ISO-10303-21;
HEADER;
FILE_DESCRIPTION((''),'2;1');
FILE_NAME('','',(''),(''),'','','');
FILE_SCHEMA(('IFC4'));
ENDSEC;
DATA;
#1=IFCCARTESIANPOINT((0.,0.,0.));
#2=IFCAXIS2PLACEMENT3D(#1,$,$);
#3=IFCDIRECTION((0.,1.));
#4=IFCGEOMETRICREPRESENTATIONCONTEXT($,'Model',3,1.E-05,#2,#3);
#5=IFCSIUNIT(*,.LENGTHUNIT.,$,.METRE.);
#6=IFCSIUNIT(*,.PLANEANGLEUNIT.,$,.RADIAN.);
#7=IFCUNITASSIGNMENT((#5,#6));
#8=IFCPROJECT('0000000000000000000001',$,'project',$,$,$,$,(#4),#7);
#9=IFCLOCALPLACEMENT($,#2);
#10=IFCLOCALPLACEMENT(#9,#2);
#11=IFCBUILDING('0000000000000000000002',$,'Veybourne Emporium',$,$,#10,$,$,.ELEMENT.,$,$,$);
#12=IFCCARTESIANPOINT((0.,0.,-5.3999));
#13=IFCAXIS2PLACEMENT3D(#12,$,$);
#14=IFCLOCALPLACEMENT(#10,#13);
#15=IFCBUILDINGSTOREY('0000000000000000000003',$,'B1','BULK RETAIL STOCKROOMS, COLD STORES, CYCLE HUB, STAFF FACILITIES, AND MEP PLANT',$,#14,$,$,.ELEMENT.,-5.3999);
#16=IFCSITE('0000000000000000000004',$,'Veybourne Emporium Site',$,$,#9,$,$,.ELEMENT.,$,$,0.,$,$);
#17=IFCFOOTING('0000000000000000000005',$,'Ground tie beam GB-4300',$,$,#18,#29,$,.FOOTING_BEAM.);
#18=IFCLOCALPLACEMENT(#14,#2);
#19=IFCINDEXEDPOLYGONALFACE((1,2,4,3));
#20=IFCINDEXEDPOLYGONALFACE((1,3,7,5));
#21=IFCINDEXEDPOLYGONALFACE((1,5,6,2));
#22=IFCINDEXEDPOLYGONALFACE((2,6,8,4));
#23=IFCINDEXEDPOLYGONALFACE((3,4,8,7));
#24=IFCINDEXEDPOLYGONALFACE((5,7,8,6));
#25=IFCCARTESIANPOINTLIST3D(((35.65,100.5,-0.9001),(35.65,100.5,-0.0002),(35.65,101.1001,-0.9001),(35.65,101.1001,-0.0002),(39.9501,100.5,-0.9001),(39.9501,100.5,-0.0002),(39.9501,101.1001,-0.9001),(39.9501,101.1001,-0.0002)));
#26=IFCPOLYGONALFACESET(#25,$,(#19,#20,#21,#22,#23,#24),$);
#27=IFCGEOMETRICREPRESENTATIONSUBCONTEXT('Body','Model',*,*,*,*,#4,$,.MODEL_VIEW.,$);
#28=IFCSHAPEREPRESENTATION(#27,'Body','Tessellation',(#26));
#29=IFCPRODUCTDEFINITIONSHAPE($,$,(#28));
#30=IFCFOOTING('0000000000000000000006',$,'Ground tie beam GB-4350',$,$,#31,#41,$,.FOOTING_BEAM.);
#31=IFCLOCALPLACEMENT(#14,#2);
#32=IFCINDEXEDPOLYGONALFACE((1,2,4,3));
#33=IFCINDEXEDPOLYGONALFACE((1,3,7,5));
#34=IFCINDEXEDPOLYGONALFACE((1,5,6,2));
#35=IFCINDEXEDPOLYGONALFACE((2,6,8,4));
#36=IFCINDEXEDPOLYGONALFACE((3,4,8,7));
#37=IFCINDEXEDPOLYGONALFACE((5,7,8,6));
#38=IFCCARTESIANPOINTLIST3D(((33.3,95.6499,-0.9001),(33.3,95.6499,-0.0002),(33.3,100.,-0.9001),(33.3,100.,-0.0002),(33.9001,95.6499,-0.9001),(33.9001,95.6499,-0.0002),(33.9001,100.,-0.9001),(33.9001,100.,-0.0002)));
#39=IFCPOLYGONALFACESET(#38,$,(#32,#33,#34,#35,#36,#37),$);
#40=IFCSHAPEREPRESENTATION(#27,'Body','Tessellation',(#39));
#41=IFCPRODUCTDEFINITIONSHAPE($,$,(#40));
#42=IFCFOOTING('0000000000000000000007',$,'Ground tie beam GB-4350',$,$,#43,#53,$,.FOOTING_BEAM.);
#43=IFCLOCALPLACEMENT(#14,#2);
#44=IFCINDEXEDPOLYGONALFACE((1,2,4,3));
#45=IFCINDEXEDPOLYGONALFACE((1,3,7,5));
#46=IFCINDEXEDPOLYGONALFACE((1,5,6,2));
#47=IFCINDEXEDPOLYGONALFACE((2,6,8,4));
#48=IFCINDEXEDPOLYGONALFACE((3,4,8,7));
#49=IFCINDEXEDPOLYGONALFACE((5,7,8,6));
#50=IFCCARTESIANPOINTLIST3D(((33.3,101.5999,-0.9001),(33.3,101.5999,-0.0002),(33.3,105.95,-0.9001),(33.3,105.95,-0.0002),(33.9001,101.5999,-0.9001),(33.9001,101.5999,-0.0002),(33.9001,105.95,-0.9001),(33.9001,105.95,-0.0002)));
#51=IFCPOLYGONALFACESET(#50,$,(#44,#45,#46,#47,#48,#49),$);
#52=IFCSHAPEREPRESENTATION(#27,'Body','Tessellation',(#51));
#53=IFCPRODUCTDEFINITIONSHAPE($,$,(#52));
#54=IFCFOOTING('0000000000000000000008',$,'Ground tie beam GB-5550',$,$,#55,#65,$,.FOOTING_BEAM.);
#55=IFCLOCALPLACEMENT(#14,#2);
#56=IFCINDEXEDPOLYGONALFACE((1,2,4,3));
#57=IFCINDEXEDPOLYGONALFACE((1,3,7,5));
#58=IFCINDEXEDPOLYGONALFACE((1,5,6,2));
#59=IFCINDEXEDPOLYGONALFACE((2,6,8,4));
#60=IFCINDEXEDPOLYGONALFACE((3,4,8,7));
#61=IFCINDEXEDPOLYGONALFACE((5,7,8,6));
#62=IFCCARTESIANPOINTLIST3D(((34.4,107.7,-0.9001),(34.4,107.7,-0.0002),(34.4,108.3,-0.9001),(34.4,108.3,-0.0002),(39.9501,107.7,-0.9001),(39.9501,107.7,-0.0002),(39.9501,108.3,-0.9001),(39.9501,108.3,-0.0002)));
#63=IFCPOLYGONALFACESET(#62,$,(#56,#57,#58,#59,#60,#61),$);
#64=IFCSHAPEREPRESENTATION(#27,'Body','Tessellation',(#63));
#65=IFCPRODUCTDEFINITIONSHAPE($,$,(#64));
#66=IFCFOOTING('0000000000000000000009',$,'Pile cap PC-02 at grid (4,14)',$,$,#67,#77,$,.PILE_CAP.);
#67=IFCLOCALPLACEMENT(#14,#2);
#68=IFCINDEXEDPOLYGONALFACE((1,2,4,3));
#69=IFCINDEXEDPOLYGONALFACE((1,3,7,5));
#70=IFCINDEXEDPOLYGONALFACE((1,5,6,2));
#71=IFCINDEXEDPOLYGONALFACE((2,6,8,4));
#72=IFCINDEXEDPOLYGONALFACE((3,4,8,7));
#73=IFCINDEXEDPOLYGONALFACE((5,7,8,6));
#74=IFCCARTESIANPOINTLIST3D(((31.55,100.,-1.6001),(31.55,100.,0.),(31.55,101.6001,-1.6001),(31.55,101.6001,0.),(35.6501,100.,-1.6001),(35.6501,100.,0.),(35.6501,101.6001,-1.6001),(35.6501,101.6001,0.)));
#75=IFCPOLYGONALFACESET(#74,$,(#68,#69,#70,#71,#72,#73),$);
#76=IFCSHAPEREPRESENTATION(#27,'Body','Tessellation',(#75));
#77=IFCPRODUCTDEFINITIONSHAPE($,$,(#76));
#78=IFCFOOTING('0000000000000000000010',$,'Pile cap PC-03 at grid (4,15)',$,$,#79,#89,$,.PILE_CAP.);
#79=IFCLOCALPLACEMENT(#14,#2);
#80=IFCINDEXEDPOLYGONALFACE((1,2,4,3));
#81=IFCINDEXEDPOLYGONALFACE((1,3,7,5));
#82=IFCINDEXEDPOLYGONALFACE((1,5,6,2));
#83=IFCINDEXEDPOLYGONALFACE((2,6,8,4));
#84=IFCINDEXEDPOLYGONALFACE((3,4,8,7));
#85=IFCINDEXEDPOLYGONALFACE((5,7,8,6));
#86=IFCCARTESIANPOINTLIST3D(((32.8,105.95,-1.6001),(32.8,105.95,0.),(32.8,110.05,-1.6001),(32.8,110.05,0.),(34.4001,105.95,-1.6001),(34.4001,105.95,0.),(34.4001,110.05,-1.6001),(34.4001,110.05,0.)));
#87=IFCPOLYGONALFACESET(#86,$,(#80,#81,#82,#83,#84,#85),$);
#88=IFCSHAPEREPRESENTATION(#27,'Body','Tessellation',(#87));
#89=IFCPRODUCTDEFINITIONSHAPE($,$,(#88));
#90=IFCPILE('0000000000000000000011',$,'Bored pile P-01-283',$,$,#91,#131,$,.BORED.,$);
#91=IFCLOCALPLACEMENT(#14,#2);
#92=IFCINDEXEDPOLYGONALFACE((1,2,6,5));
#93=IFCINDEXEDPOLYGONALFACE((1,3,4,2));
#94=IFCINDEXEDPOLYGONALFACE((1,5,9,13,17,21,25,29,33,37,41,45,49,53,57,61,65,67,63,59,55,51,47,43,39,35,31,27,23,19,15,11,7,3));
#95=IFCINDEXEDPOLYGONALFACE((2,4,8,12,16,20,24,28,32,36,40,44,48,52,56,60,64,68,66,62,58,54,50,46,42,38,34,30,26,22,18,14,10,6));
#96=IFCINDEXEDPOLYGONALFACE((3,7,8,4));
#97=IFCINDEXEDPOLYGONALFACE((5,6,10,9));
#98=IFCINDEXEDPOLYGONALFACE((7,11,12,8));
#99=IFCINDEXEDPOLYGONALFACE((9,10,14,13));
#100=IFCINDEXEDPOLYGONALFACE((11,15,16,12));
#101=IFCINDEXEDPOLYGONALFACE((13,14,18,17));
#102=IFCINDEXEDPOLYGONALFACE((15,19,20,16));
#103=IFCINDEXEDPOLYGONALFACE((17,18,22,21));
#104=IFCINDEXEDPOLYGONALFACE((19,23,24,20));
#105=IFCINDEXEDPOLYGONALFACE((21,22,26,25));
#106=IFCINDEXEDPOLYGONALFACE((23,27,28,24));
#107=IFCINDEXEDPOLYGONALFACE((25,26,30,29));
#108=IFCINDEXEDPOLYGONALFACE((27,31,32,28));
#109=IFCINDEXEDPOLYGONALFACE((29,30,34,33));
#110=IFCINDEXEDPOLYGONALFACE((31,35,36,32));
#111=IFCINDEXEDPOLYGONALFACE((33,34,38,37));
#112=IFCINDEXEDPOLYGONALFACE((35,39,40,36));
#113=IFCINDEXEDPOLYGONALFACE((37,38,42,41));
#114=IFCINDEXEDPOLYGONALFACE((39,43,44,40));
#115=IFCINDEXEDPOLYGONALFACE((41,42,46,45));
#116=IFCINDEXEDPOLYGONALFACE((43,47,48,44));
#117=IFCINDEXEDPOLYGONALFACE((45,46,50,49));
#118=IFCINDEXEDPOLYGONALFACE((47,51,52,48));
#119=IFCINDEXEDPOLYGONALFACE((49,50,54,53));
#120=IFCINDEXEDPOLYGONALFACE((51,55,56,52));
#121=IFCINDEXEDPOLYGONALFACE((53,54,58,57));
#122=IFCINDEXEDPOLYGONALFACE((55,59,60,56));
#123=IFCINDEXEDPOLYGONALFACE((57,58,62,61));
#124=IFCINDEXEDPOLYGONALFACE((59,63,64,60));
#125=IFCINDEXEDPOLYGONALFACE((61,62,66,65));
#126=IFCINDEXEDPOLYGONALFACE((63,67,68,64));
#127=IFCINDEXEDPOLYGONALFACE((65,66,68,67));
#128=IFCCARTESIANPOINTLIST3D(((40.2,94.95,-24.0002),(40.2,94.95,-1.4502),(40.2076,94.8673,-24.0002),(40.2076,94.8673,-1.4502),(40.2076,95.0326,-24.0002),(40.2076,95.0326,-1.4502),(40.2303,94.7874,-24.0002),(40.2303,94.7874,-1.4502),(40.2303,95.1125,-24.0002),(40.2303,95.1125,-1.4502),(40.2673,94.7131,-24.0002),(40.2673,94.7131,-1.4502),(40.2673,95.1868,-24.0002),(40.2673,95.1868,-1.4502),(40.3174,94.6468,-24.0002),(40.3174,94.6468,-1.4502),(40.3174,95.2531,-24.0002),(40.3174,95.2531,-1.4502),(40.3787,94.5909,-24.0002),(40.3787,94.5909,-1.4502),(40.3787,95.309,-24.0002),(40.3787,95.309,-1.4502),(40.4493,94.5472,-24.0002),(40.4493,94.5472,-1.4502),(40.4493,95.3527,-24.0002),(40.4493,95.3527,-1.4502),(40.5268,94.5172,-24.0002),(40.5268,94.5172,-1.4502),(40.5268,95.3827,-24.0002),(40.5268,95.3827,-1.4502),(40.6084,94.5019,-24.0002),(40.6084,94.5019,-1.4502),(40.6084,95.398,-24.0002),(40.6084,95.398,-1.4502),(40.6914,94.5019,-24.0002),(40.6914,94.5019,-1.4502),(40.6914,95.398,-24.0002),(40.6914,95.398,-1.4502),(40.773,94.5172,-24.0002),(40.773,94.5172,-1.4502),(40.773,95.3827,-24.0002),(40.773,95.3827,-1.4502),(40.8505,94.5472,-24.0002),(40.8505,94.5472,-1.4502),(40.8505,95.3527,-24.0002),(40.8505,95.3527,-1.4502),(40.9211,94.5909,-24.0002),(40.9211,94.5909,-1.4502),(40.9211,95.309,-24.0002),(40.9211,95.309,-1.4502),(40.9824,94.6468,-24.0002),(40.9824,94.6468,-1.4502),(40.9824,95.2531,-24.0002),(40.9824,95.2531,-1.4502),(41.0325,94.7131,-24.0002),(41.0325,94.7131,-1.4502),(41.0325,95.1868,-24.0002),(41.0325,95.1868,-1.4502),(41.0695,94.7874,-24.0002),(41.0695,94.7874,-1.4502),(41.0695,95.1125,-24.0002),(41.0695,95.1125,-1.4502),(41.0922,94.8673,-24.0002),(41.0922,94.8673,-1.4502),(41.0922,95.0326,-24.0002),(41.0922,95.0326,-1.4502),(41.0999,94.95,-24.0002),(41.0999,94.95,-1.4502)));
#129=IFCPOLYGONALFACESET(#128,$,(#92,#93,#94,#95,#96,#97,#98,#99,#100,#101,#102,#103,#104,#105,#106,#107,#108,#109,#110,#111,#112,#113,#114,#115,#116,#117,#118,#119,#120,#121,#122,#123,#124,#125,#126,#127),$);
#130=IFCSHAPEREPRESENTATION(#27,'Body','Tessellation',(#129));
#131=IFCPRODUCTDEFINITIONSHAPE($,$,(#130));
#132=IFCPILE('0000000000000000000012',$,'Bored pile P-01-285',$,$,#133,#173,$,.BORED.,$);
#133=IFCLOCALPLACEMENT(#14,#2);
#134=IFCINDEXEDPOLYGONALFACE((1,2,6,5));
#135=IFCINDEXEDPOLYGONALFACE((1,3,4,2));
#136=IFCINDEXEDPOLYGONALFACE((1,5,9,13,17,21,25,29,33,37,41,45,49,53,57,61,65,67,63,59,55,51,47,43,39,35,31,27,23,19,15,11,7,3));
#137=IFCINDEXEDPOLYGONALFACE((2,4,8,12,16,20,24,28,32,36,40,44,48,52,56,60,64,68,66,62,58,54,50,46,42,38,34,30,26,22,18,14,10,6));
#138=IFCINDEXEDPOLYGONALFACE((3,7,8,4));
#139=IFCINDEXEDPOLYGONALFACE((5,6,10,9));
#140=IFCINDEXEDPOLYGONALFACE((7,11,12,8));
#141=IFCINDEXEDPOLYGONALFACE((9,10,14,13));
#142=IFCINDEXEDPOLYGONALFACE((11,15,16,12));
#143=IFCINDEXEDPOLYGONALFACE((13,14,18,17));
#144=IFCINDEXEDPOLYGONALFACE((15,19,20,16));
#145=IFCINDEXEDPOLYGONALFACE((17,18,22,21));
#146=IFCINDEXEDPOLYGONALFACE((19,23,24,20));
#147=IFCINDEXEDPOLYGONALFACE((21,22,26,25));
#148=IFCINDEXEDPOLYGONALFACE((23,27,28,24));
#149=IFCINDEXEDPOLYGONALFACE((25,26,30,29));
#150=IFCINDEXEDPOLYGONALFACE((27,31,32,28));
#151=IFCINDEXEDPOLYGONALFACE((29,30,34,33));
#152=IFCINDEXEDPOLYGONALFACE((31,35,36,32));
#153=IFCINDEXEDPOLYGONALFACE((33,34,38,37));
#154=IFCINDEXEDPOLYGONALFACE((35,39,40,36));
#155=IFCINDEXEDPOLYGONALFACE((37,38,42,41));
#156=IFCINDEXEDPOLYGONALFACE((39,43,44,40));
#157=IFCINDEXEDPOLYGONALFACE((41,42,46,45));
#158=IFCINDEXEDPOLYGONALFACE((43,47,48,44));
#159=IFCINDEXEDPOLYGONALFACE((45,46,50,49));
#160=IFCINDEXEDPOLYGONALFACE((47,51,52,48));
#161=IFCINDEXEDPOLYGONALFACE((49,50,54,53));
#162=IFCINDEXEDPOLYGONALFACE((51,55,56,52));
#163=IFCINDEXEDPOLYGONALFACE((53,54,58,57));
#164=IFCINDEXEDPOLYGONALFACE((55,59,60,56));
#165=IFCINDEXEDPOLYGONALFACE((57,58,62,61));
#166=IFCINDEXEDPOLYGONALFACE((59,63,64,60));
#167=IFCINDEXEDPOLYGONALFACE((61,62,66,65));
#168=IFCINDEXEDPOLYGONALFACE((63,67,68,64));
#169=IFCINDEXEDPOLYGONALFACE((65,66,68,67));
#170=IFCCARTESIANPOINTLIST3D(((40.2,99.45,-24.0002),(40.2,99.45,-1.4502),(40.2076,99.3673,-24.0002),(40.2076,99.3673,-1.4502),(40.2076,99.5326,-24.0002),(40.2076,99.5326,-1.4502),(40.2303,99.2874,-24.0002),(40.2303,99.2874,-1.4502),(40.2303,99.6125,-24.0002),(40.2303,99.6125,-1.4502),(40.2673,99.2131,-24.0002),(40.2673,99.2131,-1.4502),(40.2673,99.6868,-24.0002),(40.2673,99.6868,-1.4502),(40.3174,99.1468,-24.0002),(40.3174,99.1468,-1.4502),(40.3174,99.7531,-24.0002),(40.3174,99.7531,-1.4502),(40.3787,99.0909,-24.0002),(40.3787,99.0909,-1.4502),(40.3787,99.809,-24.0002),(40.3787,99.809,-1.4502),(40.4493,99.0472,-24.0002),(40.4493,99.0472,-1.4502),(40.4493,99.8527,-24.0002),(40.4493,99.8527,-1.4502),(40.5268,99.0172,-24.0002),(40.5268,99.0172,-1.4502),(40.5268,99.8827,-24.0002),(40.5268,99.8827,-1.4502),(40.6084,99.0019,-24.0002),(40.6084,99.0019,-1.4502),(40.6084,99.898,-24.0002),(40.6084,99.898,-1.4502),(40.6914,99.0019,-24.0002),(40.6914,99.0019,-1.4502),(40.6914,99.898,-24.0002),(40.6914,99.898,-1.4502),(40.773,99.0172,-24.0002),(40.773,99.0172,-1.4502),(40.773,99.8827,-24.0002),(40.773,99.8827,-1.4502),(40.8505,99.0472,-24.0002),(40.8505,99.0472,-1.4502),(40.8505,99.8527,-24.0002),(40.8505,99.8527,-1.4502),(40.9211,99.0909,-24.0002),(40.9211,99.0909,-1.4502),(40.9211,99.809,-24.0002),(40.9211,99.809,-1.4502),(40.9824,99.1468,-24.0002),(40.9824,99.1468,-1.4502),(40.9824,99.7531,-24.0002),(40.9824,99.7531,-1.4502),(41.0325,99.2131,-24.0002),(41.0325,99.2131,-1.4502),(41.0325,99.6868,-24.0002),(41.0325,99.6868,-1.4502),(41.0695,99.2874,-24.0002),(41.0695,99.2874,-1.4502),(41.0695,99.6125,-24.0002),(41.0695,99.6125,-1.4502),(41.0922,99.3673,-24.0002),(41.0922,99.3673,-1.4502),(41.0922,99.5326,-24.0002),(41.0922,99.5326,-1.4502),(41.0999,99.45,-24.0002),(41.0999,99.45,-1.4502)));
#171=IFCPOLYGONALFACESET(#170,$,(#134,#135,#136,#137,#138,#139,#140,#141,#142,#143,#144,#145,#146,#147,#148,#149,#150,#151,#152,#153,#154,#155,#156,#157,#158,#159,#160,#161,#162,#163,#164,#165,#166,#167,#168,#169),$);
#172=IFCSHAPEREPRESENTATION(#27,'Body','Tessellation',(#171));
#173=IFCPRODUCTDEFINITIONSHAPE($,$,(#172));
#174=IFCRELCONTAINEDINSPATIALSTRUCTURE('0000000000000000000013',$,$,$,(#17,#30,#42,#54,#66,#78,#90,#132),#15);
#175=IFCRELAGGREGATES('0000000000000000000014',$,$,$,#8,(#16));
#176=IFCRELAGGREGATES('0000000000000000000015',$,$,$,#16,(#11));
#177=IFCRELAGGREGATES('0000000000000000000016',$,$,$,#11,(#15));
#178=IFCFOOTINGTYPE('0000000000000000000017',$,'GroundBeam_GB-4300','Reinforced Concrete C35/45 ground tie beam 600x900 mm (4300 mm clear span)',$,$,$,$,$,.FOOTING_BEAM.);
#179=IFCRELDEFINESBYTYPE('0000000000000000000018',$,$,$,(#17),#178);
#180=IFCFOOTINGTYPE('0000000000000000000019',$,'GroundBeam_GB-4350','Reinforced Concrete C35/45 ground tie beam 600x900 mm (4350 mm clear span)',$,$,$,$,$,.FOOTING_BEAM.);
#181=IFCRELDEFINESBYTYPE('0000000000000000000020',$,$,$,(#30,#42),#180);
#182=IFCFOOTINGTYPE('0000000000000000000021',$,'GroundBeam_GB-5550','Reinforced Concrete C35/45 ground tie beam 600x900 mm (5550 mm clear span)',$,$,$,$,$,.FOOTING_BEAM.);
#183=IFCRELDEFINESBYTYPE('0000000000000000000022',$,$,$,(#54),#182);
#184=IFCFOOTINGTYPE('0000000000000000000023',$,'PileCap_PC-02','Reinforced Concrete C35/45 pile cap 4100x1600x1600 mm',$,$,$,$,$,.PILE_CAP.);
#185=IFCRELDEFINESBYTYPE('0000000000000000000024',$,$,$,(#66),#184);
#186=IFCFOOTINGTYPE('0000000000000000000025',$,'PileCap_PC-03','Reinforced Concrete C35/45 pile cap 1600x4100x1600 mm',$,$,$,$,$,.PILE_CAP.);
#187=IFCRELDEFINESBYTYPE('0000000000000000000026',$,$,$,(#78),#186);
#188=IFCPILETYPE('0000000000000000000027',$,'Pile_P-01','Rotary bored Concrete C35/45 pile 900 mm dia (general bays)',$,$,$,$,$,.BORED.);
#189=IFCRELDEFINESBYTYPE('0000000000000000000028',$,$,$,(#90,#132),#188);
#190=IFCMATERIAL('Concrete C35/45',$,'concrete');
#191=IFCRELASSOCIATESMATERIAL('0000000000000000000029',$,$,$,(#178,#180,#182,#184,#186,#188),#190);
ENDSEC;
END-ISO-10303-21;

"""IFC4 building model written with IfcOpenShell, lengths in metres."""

from ifc_helpers import new_model, si_unit, direction, frame, origin, origin_2d, place, context, subcontext, project, spatial, rectangle, circle, extrude, material, material_profile, profile_set, type_object, element, save


model = new_model("IFC4")

# Units and contexts
model_context = context("Model", 3, precision=1e-05, world=origin(), true_north=direction((0.0, 1.0)))
body_context = subcontext(model_context, "Body", "Model", "MODEL_VIEW")
ifc_project = project(units=[si_unit("LENGTHUNIT", "METRE"), si_unit("PLANEANGLEUNIT", "RADIAN")], contexts=[model_context])

# Site, building, storey
site_placement = place(None, origin())
site = spatial("IfcSite", under=ifc_project, at=site_placement, Name="Veybourne Emporium Site", CompositionType="ELEMENT", RefElevation=0.0)
building_placement = place(site_placement, origin())
building = spatial("IfcBuilding", under=site, at=building_placement, Name="Veybourne Emporium", CompositionType="ELEMENT")
storey_placement = place(building_placement, frame((0.0, 0.0, -5.3999)))
storey = spatial("IfcBuildingStorey", under=building, at=storey_placement, Name="B1", Description="BULK RETAIL STOCKROOMS, COLD STORES, CYCLE HUB, STAFF FACILITIES, AND MEP PLANT", CompositionType="ELEMENT", Elevation=-5.3999)

# Footings
ifc_material_1 = material(Name="Concrete C35/45", Category="concrete")
footing_type_1 = type_object("IfcFootingType", Name="GroundBeam_GB-4300", Description="Reinforced Concrete C35/45 ground tie beam 600x900 mm (4300 mm clear span)", PredefinedType="FOOTING_BEAM", material=ifc_material_1)
footing_1_placement = place(storey_placement, frame((37.8, 100.8, -0.9001), z_axis=(0.0, 0.0, 1.0), x_axis=(1.0, 0.0, 0.0)))
element("IfcFooting", 1, at=footing_1_placement, inside=storey, type_object=footing_type_1, Name="Ground tie beam GB-4300", PredefinedType="FOOTING_BEAM", context=body_context, shape_type="SweptSolid", body=[
    extrude(rectangle(XDim=4.3, YDim=0.6001, at=origin_2d()), origin(), (0.0, 0.0, 1.0), 0.8999),
])
footing_type_2 = type_object("IfcFootingType", Name="GroundBeam_GB-4350", Description="Reinforced Concrete C35/45 ground tie beam 600x900 mm (4350 mm clear span)", PredefinedType="FOOTING_BEAM", material=ifc_material_1)
for number, where, z_axis, x_axis, name in (
    (2, (33.6001, 97.825, -0.9001), (0.0, 0.0, 1.0), (0.0, 1.0, 0.0), "Ground tie beam GB-4350"),
    (3, (33.6001, 103.7749, -0.9001), (0.0, 0.0, 1.0), (0.0, 1.0, 0.0), "Ground tie beam GB-4350"),
):
    element("IfcFooting", number, at=place(storey_placement, frame(where, z_axis=z_axis, x_axis=x_axis)), inside=storey, type_object=footing_type_2, Name=name, PredefinedType="FOOTING_BEAM", context=body_context, shape_type="SweptSolid", body=[
        extrude(rectangle(XDim=4.3501, YDim=0.6001, at=origin_2d()), origin(), (0.0, 0.0, 1.0), 0.8999),
    ])
footing_type_3 = type_object("IfcFootingType", Name="GroundBeam_GB-5550", Description="Reinforced Concrete C35/45 ground tie beam 600x900 mm (5550 mm clear span)", PredefinedType="FOOTING_BEAM", material=ifc_material_1)
footing_2_placement = place(storey_placement, frame((37.175, 108.0, -0.9001), z_axis=(0.0, 0.0, 1.0), x_axis=(1.0, 0.0, 0.0)))
element("IfcFooting", 4, at=footing_2_placement, inside=storey, type_object=footing_type_3, Name="Ground tie beam GB-5550", PredefinedType="FOOTING_BEAM", context=body_context, shape_type="SweptSolid", body=[
    extrude(rectangle(XDim=5.55, YDim=0.6001, at=origin_2d()), origin(), (0.0, 0.0, 1.0), 0.8999),
])
footing_type_4 = type_object("IfcFootingType", Name="PileCap_PC-02", Description="Reinforced Concrete C35/45 pile cap 4100x1600x1600 mm", PredefinedType="PILE_CAP", material=ifc_material_1)
footing_3_placement = place(storey_placement, frame((33.6001, 100.8, -1.6001), z_axis=(0.0, 0.0, 1.0), x_axis=(1.0, 0.0, 0.0)))
element("IfcFooting", 5, at=footing_3_placement, inside=storey, type_object=footing_type_4, Name="Pile cap PC-02 at grid (4,14)", PredefinedType="PILE_CAP", context=body_context, shape_type="SweptSolid", body=[
    extrude(rectangle(XDim=4.1001, YDim=1.6001, at=origin_2d()), origin(), (0.0, 0.0, 1.0), 1.6001),
])
footing_type_5 = type_object("IfcFootingType", Name="PileCap_PC-03", Description="Reinforced Concrete C35/45 pile cap 1600x4100x1600 mm", PredefinedType="PILE_CAP", material=ifc_material_1)
footing_4_placement = place(storey_placement, frame((33.6001, 108.0, -1.6001), z_axis=(0.0, 0.0, 1.0), x_axis=(1.0, 0.0, 0.0)))
element("IfcFooting", 6, at=footing_4_placement, inside=storey, type_object=footing_type_5, Name="Pile cap PC-03 at grid (4,15)", PredefinedType="PILE_CAP", context=body_context, shape_type="SweptSolid", body=[
    extrude(rectangle(XDim=1.6001, YDim=4.1001, at=origin_2d()), origin(), (0.0, 0.0, 1.0), 1.6001),
])

# Piles
ifc_material_profile_1 = material_profile(ifc_material_1, circle(Radius=0.45, at=origin_2d()), Name="BORED PILE 900")
ifc_profile_set_1 = profile_set([ifc_material_profile_1], Name="Concrete C35/45")
pile_type_1 = type_object("IfcPileType", Name="Pile_P-01", Description="Rotary bored Concrete C35/45 pile 900 mm dia (general bays)", PredefinedType="BORED", material=ifc_profile_set_1)
for number, where, z_axis, x_axis, name in (
    (7, (40.6499, 94.95, -1.4502), (0.0, 0.0, -1.0), (1.0, 0.0, 0.0), "Bored pile P-01-283"),
    (8, (40.6499, 99.45, -1.4502), (0.0, 0.0, -1.0), (1.0, 0.0, 0.0), "Bored pile P-01-285"),
):
    element("IfcPile", number, at=place(storey_placement, frame(where, z_axis=z_axis, x_axis=x_axis)), inside=storey, type_object=pile_type_1, Name=name, PredefinedType="BORED", context=body_context, shape_type="SweptSolid", body=[
        extrude(circle(Radius=0.45, at=origin_2d()), origin(), (0.0, 0.0, 1.0), 22.55),
    ])

save(model, "model.ifc")
